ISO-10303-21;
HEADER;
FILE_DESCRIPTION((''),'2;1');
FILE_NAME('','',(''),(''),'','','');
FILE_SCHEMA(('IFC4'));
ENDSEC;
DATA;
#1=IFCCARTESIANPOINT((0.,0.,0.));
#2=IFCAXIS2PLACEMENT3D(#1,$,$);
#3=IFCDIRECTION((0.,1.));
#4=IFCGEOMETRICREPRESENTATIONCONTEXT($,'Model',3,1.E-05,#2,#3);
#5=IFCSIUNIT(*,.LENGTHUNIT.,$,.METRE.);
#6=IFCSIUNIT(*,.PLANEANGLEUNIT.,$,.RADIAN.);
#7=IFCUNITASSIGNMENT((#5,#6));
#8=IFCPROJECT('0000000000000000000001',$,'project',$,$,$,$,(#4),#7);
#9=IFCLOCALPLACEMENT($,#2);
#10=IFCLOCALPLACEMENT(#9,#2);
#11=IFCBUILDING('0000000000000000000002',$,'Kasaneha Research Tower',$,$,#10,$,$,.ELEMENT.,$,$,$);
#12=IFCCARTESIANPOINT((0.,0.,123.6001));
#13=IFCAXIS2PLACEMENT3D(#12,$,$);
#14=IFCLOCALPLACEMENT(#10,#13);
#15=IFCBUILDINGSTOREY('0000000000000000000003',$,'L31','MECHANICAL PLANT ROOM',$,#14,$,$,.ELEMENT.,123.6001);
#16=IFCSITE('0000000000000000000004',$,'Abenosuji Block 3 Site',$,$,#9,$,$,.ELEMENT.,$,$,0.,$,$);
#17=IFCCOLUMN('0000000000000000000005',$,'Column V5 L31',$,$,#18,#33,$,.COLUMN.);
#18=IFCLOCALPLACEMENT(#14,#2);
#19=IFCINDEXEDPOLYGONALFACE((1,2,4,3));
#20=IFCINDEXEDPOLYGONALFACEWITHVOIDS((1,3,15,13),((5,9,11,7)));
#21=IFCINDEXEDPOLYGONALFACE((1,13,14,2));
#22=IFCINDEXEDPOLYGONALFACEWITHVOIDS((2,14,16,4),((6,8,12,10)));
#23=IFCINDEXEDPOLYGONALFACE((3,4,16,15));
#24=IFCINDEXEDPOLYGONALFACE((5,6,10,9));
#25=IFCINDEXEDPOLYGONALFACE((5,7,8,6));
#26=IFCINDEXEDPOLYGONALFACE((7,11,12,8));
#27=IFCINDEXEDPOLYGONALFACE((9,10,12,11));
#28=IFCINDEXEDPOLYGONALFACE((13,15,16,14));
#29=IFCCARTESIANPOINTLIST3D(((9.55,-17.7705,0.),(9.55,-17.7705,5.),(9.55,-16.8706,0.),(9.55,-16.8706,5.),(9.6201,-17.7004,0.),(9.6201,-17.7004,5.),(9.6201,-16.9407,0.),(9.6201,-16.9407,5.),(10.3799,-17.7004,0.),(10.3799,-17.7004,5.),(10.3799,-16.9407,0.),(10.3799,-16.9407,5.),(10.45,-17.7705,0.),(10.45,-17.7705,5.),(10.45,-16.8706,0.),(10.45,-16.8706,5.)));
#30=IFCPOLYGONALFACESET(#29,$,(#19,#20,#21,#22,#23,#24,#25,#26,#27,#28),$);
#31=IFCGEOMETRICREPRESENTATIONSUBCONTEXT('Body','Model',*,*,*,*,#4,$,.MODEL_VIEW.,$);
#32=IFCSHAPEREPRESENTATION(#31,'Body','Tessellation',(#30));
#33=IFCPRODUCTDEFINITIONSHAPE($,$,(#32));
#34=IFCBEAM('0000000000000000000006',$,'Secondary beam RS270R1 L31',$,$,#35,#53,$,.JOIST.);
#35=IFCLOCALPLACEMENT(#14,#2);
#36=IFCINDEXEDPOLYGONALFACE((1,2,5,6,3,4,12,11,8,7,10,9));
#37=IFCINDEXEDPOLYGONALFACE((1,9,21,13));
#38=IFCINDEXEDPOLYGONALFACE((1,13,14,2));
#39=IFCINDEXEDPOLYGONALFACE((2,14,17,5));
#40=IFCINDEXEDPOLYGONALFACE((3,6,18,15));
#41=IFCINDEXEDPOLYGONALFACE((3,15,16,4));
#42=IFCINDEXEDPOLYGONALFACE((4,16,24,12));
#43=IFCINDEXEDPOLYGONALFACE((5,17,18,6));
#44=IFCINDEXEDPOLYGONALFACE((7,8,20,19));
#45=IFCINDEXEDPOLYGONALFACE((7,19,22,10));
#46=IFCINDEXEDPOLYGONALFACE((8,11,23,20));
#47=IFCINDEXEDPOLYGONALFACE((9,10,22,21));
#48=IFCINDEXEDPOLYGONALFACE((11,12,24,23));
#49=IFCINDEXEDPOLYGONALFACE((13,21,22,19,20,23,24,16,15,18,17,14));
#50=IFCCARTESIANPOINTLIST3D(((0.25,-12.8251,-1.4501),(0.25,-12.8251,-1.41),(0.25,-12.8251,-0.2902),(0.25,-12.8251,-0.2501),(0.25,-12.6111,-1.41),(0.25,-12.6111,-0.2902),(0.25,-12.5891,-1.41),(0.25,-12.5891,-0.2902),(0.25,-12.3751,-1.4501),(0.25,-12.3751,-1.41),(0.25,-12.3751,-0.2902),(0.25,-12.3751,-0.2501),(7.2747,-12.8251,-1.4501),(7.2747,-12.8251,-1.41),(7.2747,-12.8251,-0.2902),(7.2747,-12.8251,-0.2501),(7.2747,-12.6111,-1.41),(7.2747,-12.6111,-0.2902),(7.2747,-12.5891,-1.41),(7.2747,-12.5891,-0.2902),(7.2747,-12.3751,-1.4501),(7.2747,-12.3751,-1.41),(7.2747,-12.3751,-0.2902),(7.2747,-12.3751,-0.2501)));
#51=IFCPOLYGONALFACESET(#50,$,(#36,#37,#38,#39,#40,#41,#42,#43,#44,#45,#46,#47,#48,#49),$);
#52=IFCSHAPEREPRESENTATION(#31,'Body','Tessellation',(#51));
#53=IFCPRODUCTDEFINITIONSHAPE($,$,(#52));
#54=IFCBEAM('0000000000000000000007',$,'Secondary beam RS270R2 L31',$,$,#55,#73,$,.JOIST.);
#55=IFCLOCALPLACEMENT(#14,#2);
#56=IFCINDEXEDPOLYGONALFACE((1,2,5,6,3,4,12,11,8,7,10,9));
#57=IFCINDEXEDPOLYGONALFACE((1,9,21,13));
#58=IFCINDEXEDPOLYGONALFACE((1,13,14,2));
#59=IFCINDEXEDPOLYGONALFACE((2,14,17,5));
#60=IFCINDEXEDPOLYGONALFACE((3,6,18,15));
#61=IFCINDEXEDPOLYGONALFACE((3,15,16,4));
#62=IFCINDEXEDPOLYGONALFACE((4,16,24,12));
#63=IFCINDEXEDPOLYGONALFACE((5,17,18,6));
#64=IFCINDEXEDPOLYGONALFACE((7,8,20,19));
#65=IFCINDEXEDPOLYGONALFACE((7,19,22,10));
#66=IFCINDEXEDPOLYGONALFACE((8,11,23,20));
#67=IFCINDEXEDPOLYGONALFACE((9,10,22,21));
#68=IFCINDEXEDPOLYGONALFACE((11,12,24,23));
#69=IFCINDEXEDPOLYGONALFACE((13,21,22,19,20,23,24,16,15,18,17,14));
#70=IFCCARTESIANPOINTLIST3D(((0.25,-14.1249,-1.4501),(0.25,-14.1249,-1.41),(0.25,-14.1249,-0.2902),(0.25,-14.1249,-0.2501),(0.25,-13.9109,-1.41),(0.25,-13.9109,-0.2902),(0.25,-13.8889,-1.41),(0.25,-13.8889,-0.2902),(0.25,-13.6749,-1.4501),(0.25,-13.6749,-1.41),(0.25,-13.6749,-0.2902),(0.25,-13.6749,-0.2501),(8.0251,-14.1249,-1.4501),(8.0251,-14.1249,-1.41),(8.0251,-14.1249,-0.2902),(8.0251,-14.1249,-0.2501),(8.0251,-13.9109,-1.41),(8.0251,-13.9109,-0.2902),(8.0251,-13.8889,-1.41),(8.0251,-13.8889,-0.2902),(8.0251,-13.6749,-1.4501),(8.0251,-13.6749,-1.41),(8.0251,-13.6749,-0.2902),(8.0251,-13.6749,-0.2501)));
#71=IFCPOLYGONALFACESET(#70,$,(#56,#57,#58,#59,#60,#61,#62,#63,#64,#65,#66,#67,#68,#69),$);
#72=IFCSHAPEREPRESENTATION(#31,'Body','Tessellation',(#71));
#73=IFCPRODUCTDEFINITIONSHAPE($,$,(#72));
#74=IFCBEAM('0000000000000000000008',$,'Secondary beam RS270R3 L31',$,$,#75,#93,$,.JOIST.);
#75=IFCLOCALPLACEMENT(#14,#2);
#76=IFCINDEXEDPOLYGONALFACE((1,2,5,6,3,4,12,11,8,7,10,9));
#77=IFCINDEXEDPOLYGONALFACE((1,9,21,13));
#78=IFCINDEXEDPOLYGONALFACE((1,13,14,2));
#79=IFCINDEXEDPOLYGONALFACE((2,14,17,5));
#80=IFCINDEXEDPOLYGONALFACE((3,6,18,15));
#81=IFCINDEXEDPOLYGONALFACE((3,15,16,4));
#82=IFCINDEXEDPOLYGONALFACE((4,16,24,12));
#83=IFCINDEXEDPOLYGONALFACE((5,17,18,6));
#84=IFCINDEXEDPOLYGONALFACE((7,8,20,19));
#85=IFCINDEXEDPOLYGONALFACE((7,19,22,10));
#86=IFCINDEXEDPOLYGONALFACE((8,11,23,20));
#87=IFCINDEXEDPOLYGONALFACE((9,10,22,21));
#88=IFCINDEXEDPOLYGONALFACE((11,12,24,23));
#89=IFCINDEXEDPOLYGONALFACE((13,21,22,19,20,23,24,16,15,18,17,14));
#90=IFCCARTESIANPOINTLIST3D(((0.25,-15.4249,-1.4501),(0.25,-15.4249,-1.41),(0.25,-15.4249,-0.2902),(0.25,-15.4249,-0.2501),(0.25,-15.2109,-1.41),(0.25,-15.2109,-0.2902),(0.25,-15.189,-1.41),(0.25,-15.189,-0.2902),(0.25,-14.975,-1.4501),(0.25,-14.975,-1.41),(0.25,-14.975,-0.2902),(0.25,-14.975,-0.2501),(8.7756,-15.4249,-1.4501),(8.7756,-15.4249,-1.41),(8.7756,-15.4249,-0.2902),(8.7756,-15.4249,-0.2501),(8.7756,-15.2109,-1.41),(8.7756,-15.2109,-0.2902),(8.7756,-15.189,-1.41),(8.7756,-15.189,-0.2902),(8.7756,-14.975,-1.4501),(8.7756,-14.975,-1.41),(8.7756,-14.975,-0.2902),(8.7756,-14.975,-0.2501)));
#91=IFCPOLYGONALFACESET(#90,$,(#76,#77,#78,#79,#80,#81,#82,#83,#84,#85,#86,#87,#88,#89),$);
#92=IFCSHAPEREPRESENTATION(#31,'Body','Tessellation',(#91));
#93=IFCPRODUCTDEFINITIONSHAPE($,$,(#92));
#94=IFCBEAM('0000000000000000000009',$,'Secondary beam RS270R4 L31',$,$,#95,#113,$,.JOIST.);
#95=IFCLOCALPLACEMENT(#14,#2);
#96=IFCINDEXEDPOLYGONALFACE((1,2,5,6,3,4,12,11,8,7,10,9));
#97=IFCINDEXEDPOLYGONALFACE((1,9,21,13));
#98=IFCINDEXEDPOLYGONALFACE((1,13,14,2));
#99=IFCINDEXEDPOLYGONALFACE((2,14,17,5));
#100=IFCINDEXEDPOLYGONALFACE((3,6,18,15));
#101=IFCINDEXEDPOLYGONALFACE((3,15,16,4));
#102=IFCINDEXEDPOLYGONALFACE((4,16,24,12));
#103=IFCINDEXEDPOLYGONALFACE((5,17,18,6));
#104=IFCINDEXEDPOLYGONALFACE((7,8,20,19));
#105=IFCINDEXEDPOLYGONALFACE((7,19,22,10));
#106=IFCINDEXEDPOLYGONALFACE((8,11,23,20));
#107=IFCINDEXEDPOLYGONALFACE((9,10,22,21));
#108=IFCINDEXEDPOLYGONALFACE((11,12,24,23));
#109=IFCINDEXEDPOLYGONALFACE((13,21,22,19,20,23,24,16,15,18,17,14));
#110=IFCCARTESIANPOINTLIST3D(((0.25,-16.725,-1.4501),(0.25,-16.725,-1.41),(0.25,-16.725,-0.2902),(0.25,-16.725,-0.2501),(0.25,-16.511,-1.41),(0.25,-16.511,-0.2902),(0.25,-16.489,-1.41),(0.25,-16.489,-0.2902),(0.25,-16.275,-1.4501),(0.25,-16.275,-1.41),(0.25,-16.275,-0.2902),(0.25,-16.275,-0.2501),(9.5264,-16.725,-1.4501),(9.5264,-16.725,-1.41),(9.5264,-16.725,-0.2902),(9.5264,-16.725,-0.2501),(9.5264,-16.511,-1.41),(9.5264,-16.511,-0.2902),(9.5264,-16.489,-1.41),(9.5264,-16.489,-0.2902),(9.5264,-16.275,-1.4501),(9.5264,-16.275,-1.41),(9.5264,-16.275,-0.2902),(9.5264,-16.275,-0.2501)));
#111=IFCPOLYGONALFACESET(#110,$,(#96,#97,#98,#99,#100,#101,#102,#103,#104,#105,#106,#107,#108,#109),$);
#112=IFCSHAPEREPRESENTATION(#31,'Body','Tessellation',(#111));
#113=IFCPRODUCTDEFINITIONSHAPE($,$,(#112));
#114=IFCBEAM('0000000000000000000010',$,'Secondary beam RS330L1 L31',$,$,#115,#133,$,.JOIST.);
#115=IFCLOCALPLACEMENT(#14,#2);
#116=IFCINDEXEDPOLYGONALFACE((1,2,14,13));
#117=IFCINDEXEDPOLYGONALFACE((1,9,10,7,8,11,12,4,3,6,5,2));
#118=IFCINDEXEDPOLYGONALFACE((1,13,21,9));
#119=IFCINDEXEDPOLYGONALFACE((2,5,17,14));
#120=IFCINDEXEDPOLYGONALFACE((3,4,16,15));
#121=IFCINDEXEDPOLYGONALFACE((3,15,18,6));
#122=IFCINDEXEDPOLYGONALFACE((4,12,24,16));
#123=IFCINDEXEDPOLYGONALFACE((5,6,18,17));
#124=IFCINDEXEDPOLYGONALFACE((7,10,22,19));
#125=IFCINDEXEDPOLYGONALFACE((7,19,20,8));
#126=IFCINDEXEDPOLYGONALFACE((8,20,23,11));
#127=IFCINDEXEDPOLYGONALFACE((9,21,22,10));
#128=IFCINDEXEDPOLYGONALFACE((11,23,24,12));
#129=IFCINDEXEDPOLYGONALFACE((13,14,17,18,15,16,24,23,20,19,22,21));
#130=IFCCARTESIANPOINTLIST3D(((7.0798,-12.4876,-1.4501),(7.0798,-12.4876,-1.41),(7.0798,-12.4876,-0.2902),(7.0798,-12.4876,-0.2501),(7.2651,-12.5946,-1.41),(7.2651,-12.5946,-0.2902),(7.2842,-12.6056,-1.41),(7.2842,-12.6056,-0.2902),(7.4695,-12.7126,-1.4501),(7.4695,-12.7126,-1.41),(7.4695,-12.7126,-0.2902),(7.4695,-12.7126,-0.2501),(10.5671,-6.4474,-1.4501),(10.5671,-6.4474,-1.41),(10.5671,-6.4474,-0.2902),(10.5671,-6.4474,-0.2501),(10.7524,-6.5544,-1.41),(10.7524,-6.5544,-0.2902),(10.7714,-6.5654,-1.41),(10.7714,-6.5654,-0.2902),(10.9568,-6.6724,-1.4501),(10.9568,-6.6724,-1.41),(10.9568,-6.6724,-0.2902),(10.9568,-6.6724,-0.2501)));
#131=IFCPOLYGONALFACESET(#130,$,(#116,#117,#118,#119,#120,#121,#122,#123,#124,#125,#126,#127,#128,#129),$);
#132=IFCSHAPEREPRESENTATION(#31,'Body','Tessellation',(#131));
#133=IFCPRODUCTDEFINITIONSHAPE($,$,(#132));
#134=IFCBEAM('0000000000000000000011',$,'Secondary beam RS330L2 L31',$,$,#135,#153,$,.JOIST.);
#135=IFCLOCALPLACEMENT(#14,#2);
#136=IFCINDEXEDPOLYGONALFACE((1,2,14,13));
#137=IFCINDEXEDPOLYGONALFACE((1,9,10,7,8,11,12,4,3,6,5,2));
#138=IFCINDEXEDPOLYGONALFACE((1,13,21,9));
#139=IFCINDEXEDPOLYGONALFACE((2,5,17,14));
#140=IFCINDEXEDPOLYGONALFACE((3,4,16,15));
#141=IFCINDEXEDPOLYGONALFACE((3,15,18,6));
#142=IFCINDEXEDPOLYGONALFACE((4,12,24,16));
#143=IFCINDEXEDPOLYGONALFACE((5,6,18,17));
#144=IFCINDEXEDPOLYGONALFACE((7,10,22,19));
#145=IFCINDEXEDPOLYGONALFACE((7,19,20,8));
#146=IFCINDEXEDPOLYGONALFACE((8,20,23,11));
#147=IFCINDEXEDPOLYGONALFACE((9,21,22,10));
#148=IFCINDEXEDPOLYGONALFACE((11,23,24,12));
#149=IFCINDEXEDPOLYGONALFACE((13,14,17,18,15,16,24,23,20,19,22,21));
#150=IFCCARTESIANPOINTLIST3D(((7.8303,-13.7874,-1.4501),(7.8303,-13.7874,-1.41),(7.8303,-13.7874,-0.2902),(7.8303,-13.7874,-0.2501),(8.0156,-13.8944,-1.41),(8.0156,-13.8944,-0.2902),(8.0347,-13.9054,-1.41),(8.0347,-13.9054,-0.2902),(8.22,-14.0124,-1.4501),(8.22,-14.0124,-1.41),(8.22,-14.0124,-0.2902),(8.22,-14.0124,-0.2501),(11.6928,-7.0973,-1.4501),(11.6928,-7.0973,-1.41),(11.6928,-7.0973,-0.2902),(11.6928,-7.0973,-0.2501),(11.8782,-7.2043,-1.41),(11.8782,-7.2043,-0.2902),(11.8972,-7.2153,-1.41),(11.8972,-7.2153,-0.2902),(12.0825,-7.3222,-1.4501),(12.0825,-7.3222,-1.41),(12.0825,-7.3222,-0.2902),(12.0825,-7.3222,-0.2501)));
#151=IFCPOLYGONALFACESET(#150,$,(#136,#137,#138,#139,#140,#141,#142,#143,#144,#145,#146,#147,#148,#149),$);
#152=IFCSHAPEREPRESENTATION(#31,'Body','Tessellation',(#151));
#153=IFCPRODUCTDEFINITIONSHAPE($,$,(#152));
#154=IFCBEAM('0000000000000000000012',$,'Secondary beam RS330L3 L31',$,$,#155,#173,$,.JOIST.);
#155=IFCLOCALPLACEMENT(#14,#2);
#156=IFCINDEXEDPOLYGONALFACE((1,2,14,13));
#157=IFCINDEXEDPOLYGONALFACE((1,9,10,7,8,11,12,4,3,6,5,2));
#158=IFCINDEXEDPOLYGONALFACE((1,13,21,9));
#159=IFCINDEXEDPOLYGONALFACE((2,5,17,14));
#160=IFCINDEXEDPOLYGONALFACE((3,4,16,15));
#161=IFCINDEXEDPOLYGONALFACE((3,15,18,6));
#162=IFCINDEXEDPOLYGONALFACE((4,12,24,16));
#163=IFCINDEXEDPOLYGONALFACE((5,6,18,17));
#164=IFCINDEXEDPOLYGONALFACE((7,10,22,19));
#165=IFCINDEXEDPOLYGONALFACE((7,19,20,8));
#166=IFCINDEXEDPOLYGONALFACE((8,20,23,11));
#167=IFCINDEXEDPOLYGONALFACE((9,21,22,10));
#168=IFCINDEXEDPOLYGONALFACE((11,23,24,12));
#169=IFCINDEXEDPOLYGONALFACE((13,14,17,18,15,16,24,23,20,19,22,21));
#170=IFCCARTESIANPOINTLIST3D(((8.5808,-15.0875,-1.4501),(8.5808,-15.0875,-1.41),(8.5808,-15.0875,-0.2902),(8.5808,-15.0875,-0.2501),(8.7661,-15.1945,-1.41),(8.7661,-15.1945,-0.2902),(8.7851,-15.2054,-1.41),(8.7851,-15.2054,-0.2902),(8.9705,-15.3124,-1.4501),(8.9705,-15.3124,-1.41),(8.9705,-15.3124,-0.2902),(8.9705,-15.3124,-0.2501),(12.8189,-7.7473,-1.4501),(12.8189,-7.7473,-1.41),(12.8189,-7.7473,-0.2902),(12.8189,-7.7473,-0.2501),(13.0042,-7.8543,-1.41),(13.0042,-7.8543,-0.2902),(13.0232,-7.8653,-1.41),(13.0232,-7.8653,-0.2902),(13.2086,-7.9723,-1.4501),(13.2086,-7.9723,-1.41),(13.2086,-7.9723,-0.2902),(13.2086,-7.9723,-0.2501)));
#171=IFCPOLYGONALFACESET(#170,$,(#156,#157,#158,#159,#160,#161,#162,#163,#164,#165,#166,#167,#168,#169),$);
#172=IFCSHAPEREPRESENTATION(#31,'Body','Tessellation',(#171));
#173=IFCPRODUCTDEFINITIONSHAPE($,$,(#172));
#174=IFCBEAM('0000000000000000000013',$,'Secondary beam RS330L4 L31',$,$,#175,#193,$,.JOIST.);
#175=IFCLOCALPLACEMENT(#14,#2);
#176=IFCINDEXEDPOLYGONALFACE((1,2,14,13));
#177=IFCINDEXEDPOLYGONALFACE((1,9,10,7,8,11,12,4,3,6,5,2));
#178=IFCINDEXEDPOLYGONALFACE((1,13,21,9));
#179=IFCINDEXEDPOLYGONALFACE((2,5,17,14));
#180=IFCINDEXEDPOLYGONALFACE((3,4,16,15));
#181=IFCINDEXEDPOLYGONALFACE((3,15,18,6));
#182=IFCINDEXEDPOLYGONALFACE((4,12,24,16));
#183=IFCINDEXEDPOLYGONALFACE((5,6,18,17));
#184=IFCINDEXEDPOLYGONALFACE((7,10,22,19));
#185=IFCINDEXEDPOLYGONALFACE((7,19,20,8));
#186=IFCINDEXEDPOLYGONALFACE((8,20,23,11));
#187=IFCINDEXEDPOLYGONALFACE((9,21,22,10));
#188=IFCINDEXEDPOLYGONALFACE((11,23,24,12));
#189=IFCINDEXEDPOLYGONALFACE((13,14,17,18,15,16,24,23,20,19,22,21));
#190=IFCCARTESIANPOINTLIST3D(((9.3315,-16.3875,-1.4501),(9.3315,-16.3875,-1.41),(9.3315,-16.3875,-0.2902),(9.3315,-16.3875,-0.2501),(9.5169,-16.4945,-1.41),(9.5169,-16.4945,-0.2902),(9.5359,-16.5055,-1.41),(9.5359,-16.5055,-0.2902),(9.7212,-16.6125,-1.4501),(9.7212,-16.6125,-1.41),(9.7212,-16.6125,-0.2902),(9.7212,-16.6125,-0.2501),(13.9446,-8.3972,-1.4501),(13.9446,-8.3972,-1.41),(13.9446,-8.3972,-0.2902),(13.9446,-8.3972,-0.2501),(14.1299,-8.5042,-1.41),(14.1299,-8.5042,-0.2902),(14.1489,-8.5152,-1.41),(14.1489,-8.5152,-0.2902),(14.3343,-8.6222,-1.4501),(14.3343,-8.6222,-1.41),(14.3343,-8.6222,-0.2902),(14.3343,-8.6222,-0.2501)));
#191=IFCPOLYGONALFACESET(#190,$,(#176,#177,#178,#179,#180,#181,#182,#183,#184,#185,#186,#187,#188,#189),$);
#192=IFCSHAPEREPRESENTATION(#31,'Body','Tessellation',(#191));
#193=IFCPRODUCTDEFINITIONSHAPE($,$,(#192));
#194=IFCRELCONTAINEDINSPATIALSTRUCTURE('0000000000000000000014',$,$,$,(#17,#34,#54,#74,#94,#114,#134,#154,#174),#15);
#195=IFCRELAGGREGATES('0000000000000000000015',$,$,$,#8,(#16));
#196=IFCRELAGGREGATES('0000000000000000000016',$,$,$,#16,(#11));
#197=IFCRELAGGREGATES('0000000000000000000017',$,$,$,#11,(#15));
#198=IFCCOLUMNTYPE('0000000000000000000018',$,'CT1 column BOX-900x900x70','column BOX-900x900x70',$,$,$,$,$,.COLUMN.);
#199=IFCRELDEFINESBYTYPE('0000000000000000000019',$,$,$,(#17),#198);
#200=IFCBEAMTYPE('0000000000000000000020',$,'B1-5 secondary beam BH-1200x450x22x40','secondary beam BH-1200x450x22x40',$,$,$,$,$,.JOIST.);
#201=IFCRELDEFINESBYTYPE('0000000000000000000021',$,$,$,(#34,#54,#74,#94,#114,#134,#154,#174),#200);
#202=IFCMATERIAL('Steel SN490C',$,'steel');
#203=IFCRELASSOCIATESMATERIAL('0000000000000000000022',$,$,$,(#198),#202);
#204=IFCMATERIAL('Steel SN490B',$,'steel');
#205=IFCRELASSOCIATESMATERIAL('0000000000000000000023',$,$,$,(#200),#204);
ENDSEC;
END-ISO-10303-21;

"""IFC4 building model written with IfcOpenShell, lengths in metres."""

from ifc_helpers import new_model, si_unit, direction, frame, origin, origin_2d, place, context, subcontext, project, spatial, hollow_rectangle, i_section, extrude, material, material_profile, profile_set, type_object, element, save


model = new_model("IFC4")

# Units and contexts
model_context = context("Model", 3, precision=1e-05, world=origin(), true_north=direction((0.0, 1.0)))
body_context = subcontext(model_context, "Body", "Model", "MODEL_VIEW")
ifc_project = project(units=[si_unit("LENGTHUNIT", "METRE"), si_unit("PLANEANGLEUNIT", "RADIAN")], contexts=[model_context])

# Site, building, storey
site_placement = place(None, origin())
site = spatial("IfcSite", under=ifc_project, at=site_placement, Name="Abenosuji Block 3 Site", CompositionType="ELEMENT", RefElevation=0.0)
building_placement = place(site_placement, origin())
building = spatial("IfcBuilding", under=site, at=building_placement, Name="Kasaneha Research Tower", CompositionType="ELEMENT")
storey_placement = place(building_placement, frame((0.0, 0.0, 123.6001)))
storey = spatial("IfcBuildingStorey", under=building, at=storey_placement, Name="L31", Description="MECHANICAL PLANT ROOM", CompositionType="ELEMENT", Elevation=123.6001)

# Column
ifc_material_1 = material(Name="Steel SN490C", Category="steel")
ifc_material_profile_1 = material_profile(ifc_material_1, hollow_rectangle(XDim=0.8999, YDim=0.8999, WallThickness=0.0701, at=origin_2d()), Name="BOX-900x900x70")
ifc_profile_set_1 = profile_set([ifc_material_profile_1], Name="Steel SN490C")
column_type = type_object("IfcColumnType", Name="CT1 column BOX-900x900x70", Description="column BOX-900x900x70", PredefinedType="COLUMN", material=ifc_profile_set_1)
column_placement = place(storey_placement, frame((10.0, -17.3206, 0.0), z_axis=(0.0, 0.0, 1.0), x_axis=(1.0, 0.0, 0.0)))
element("IfcColumn", 1, at=column_placement, inside=storey, type_object=column_type, Name="Column V5 L31", PredefinedType="COLUMN", context=body_context, shape_type="SweptSolid", body=[
    extrude(hollow_rectangle(XDim=0.8999, YDim=0.8999, WallThickness=0.0701, at=origin_2d()), origin(), (0.0, 0.0, 1.0), 5.0),
])

# Beams
ifc_material_2 = material(Name="Steel SN490B", Category="steel")
ifc_material_profile_2 = material_profile(ifc_material_2, i_section(OverallWidth=0.45, OverallDepth=1.2, WebThickness=0.022, FlangeThickness=0.04, at=origin_2d()), Name="BH-1200x450x22x40")
ifc_profile_set_2 = profile_set([ifc_material_profile_2], Name="Steel SN490B")
beam_type_1 = type_object("IfcBeamType", Name="B1-5 secondary beam BH-1200x450x22x40", Description="secondary beam BH-1200x450x22x40", PredefinedType="JOIST", material=ifc_profile_set_2)
beam_1_placement = place(storey_placement, frame((7.2747, -12.6001, -0.8501), z_axis=(-1.0, 0.0, 0.0), x_axis=(0.0, -1.0, 0.0)))
element("IfcBeam", 2, at=beam_1_placement, inside=storey, type_object=beam_type_1, Name="Secondary beam RS270R1 L31", PredefinedType="JOIST", context=body_context, shape_type="SweptSolid", body=[
    extrude(i_section(OverallWidth=0.45, OverallDepth=1.2, WebThickness=0.022, FlangeThickness=0.04, at=origin_2d()), origin(), (0.0, 0.0, 1.0), 7.0247),
])
beam_2_placement = place(storey_placement, frame((8.0251, -13.8999, -0.8501), z_axis=(-1.0, 0.0, 0.0), x_axis=(0.0, -1.0, 0.0)))
element("IfcBeam", 3, at=beam_2_placement, inside=storey, type_object=beam_type_1, Name="Secondary beam RS270R2 L31", PredefinedType="JOIST", context=body_context, shape_type="SweptSolid", body=[
    extrude(i_section(OverallWidth=0.45, OverallDepth=1.2, WebThickness=0.022, FlangeThickness=0.04, at=origin_2d()), origin(), (0.0, 0.0, 1.0), 7.7751),
])
beam_3_placement = place(storey_placement, frame((8.7756, -15.2, -0.8501), z_axis=(-1.0, 0.0, 0.0), x_axis=(0.0, -1.0, 0.0)))
element("IfcBeam", 4, at=beam_3_placement, inside=storey, type_object=beam_type_1, Name="Secondary beam RS270R3 L31", PredefinedType="JOIST", context=body_context, shape_type="SweptSolid", body=[
    extrude(i_section(OverallWidth=0.45, OverallDepth=1.2, WebThickness=0.022, FlangeThickness=0.04, at=origin_2d()), origin(), (0.0, 0.0, 1.0), 8.5256),
])
beam_4_placement = place(storey_placement, frame((9.5264, -16.5, -0.8501), z_axis=(-1.0, 0.0, 0.0), x_axis=(0.0, -1.0, 0.0)))
element("IfcBeam", 5, at=beam_4_placement, inside=storey, type_object=beam_type_1, Name="Secondary beam RS270R4 L31", PredefinedType="JOIST", context=body_context, shape_type="SweptSolid", body=[
    extrude(i_section(OverallWidth=0.45, OverallDepth=1.2, WebThickness=0.022, FlangeThickness=0.04, at=origin_2d()), origin(), (0.0, 0.0, 1.0), 9.2764),
])
beam_5_placement = place(storey_placement, frame((7.2747, -12.6001, -0.8501), z_axis=(0.499994, 0.866029, 0.0), x_axis=(-0.866029, 0.499994, 0.0)))
element("IfcBeam", 6, at=beam_5_placement, inside=storey, type_object=beam_type_1, Name="Secondary beam RS330L1 L31", PredefinedType="JOIST", context=body_context, shape_type="SweptSolid", body=[
    extrude(i_section(OverallWidth=0.45, OverallDepth=1.2, WebThickness=0.022, FlangeThickness=0.04, at=origin_2d()), origin(), (0.0, 0.0, 1.0), 6.9746),
])
beam_6_placement = place(storey_placement, frame((8.0251, -13.8999, -0.8501), z_axis=(0.499997, 0.866027, 0.0), x_axis=(-0.866027, 0.499997, 0.0)))
element("IfcBeam", 7, at=beam_6_placement, inside=storey, type_object=beam_type_1, Name="Secondary beam RS330L2 L31", PredefinedType="JOIST", context=body_context, shape_type="SweptSolid", body=[
    extrude(i_section(OverallWidth=0.45, OverallDepth=1.2, WebThickness=0.022, FlangeThickness=0.04, at=origin_2d()), origin(), (0.0, 0.0, 1.0), 7.7251),
])
beam_7_placement = place(storey_placement, frame((8.7756, -15.2, -0.8501), z_axis=(0.500021, 0.866013, 0.0), x_axis=(-0.866013, 0.500021, 0.0)))
element("IfcBeam", 8, at=beam_7_placement, inside=storey, type_object=beam_type_1, Name="Secondary beam RS330L3 L31", PredefinedType="JOIST", context=body_context, shape_type="SweptSolid", body=[
    extrude(i_section(OverallWidth=0.45, OverallDepth=1.2, WebThickness=0.022, FlangeThickness=0.04, at=origin_2d()), origin(), (0.0, 0.0, 1.0), 8.4758),
])
beam_8_placement = place(storey_placement, frame((9.5264, -16.5, -0.8501), z_axis=(0.49999, 0.866031, 0.0), x_axis=(-0.866031, 0.49999, 0.0)))
element("IfcBeam", 9, at=beam_8_placement, inside=storey, type_object=beam_type_1, Name="Secondary beam RS330L4 L31", PredefinedType="JOIST", context=body_context, shape_type="SweptSolid", body=[
    extrude(i_section(OverallWidth=0.45, OverallDepth=1.2, WebThickness=0.022, FlangeThickness=0.04, at=origin_2d()), origin(), (0.0, 0.0, 1.0), 9.2263),
])

save(model, "model.ifc")
